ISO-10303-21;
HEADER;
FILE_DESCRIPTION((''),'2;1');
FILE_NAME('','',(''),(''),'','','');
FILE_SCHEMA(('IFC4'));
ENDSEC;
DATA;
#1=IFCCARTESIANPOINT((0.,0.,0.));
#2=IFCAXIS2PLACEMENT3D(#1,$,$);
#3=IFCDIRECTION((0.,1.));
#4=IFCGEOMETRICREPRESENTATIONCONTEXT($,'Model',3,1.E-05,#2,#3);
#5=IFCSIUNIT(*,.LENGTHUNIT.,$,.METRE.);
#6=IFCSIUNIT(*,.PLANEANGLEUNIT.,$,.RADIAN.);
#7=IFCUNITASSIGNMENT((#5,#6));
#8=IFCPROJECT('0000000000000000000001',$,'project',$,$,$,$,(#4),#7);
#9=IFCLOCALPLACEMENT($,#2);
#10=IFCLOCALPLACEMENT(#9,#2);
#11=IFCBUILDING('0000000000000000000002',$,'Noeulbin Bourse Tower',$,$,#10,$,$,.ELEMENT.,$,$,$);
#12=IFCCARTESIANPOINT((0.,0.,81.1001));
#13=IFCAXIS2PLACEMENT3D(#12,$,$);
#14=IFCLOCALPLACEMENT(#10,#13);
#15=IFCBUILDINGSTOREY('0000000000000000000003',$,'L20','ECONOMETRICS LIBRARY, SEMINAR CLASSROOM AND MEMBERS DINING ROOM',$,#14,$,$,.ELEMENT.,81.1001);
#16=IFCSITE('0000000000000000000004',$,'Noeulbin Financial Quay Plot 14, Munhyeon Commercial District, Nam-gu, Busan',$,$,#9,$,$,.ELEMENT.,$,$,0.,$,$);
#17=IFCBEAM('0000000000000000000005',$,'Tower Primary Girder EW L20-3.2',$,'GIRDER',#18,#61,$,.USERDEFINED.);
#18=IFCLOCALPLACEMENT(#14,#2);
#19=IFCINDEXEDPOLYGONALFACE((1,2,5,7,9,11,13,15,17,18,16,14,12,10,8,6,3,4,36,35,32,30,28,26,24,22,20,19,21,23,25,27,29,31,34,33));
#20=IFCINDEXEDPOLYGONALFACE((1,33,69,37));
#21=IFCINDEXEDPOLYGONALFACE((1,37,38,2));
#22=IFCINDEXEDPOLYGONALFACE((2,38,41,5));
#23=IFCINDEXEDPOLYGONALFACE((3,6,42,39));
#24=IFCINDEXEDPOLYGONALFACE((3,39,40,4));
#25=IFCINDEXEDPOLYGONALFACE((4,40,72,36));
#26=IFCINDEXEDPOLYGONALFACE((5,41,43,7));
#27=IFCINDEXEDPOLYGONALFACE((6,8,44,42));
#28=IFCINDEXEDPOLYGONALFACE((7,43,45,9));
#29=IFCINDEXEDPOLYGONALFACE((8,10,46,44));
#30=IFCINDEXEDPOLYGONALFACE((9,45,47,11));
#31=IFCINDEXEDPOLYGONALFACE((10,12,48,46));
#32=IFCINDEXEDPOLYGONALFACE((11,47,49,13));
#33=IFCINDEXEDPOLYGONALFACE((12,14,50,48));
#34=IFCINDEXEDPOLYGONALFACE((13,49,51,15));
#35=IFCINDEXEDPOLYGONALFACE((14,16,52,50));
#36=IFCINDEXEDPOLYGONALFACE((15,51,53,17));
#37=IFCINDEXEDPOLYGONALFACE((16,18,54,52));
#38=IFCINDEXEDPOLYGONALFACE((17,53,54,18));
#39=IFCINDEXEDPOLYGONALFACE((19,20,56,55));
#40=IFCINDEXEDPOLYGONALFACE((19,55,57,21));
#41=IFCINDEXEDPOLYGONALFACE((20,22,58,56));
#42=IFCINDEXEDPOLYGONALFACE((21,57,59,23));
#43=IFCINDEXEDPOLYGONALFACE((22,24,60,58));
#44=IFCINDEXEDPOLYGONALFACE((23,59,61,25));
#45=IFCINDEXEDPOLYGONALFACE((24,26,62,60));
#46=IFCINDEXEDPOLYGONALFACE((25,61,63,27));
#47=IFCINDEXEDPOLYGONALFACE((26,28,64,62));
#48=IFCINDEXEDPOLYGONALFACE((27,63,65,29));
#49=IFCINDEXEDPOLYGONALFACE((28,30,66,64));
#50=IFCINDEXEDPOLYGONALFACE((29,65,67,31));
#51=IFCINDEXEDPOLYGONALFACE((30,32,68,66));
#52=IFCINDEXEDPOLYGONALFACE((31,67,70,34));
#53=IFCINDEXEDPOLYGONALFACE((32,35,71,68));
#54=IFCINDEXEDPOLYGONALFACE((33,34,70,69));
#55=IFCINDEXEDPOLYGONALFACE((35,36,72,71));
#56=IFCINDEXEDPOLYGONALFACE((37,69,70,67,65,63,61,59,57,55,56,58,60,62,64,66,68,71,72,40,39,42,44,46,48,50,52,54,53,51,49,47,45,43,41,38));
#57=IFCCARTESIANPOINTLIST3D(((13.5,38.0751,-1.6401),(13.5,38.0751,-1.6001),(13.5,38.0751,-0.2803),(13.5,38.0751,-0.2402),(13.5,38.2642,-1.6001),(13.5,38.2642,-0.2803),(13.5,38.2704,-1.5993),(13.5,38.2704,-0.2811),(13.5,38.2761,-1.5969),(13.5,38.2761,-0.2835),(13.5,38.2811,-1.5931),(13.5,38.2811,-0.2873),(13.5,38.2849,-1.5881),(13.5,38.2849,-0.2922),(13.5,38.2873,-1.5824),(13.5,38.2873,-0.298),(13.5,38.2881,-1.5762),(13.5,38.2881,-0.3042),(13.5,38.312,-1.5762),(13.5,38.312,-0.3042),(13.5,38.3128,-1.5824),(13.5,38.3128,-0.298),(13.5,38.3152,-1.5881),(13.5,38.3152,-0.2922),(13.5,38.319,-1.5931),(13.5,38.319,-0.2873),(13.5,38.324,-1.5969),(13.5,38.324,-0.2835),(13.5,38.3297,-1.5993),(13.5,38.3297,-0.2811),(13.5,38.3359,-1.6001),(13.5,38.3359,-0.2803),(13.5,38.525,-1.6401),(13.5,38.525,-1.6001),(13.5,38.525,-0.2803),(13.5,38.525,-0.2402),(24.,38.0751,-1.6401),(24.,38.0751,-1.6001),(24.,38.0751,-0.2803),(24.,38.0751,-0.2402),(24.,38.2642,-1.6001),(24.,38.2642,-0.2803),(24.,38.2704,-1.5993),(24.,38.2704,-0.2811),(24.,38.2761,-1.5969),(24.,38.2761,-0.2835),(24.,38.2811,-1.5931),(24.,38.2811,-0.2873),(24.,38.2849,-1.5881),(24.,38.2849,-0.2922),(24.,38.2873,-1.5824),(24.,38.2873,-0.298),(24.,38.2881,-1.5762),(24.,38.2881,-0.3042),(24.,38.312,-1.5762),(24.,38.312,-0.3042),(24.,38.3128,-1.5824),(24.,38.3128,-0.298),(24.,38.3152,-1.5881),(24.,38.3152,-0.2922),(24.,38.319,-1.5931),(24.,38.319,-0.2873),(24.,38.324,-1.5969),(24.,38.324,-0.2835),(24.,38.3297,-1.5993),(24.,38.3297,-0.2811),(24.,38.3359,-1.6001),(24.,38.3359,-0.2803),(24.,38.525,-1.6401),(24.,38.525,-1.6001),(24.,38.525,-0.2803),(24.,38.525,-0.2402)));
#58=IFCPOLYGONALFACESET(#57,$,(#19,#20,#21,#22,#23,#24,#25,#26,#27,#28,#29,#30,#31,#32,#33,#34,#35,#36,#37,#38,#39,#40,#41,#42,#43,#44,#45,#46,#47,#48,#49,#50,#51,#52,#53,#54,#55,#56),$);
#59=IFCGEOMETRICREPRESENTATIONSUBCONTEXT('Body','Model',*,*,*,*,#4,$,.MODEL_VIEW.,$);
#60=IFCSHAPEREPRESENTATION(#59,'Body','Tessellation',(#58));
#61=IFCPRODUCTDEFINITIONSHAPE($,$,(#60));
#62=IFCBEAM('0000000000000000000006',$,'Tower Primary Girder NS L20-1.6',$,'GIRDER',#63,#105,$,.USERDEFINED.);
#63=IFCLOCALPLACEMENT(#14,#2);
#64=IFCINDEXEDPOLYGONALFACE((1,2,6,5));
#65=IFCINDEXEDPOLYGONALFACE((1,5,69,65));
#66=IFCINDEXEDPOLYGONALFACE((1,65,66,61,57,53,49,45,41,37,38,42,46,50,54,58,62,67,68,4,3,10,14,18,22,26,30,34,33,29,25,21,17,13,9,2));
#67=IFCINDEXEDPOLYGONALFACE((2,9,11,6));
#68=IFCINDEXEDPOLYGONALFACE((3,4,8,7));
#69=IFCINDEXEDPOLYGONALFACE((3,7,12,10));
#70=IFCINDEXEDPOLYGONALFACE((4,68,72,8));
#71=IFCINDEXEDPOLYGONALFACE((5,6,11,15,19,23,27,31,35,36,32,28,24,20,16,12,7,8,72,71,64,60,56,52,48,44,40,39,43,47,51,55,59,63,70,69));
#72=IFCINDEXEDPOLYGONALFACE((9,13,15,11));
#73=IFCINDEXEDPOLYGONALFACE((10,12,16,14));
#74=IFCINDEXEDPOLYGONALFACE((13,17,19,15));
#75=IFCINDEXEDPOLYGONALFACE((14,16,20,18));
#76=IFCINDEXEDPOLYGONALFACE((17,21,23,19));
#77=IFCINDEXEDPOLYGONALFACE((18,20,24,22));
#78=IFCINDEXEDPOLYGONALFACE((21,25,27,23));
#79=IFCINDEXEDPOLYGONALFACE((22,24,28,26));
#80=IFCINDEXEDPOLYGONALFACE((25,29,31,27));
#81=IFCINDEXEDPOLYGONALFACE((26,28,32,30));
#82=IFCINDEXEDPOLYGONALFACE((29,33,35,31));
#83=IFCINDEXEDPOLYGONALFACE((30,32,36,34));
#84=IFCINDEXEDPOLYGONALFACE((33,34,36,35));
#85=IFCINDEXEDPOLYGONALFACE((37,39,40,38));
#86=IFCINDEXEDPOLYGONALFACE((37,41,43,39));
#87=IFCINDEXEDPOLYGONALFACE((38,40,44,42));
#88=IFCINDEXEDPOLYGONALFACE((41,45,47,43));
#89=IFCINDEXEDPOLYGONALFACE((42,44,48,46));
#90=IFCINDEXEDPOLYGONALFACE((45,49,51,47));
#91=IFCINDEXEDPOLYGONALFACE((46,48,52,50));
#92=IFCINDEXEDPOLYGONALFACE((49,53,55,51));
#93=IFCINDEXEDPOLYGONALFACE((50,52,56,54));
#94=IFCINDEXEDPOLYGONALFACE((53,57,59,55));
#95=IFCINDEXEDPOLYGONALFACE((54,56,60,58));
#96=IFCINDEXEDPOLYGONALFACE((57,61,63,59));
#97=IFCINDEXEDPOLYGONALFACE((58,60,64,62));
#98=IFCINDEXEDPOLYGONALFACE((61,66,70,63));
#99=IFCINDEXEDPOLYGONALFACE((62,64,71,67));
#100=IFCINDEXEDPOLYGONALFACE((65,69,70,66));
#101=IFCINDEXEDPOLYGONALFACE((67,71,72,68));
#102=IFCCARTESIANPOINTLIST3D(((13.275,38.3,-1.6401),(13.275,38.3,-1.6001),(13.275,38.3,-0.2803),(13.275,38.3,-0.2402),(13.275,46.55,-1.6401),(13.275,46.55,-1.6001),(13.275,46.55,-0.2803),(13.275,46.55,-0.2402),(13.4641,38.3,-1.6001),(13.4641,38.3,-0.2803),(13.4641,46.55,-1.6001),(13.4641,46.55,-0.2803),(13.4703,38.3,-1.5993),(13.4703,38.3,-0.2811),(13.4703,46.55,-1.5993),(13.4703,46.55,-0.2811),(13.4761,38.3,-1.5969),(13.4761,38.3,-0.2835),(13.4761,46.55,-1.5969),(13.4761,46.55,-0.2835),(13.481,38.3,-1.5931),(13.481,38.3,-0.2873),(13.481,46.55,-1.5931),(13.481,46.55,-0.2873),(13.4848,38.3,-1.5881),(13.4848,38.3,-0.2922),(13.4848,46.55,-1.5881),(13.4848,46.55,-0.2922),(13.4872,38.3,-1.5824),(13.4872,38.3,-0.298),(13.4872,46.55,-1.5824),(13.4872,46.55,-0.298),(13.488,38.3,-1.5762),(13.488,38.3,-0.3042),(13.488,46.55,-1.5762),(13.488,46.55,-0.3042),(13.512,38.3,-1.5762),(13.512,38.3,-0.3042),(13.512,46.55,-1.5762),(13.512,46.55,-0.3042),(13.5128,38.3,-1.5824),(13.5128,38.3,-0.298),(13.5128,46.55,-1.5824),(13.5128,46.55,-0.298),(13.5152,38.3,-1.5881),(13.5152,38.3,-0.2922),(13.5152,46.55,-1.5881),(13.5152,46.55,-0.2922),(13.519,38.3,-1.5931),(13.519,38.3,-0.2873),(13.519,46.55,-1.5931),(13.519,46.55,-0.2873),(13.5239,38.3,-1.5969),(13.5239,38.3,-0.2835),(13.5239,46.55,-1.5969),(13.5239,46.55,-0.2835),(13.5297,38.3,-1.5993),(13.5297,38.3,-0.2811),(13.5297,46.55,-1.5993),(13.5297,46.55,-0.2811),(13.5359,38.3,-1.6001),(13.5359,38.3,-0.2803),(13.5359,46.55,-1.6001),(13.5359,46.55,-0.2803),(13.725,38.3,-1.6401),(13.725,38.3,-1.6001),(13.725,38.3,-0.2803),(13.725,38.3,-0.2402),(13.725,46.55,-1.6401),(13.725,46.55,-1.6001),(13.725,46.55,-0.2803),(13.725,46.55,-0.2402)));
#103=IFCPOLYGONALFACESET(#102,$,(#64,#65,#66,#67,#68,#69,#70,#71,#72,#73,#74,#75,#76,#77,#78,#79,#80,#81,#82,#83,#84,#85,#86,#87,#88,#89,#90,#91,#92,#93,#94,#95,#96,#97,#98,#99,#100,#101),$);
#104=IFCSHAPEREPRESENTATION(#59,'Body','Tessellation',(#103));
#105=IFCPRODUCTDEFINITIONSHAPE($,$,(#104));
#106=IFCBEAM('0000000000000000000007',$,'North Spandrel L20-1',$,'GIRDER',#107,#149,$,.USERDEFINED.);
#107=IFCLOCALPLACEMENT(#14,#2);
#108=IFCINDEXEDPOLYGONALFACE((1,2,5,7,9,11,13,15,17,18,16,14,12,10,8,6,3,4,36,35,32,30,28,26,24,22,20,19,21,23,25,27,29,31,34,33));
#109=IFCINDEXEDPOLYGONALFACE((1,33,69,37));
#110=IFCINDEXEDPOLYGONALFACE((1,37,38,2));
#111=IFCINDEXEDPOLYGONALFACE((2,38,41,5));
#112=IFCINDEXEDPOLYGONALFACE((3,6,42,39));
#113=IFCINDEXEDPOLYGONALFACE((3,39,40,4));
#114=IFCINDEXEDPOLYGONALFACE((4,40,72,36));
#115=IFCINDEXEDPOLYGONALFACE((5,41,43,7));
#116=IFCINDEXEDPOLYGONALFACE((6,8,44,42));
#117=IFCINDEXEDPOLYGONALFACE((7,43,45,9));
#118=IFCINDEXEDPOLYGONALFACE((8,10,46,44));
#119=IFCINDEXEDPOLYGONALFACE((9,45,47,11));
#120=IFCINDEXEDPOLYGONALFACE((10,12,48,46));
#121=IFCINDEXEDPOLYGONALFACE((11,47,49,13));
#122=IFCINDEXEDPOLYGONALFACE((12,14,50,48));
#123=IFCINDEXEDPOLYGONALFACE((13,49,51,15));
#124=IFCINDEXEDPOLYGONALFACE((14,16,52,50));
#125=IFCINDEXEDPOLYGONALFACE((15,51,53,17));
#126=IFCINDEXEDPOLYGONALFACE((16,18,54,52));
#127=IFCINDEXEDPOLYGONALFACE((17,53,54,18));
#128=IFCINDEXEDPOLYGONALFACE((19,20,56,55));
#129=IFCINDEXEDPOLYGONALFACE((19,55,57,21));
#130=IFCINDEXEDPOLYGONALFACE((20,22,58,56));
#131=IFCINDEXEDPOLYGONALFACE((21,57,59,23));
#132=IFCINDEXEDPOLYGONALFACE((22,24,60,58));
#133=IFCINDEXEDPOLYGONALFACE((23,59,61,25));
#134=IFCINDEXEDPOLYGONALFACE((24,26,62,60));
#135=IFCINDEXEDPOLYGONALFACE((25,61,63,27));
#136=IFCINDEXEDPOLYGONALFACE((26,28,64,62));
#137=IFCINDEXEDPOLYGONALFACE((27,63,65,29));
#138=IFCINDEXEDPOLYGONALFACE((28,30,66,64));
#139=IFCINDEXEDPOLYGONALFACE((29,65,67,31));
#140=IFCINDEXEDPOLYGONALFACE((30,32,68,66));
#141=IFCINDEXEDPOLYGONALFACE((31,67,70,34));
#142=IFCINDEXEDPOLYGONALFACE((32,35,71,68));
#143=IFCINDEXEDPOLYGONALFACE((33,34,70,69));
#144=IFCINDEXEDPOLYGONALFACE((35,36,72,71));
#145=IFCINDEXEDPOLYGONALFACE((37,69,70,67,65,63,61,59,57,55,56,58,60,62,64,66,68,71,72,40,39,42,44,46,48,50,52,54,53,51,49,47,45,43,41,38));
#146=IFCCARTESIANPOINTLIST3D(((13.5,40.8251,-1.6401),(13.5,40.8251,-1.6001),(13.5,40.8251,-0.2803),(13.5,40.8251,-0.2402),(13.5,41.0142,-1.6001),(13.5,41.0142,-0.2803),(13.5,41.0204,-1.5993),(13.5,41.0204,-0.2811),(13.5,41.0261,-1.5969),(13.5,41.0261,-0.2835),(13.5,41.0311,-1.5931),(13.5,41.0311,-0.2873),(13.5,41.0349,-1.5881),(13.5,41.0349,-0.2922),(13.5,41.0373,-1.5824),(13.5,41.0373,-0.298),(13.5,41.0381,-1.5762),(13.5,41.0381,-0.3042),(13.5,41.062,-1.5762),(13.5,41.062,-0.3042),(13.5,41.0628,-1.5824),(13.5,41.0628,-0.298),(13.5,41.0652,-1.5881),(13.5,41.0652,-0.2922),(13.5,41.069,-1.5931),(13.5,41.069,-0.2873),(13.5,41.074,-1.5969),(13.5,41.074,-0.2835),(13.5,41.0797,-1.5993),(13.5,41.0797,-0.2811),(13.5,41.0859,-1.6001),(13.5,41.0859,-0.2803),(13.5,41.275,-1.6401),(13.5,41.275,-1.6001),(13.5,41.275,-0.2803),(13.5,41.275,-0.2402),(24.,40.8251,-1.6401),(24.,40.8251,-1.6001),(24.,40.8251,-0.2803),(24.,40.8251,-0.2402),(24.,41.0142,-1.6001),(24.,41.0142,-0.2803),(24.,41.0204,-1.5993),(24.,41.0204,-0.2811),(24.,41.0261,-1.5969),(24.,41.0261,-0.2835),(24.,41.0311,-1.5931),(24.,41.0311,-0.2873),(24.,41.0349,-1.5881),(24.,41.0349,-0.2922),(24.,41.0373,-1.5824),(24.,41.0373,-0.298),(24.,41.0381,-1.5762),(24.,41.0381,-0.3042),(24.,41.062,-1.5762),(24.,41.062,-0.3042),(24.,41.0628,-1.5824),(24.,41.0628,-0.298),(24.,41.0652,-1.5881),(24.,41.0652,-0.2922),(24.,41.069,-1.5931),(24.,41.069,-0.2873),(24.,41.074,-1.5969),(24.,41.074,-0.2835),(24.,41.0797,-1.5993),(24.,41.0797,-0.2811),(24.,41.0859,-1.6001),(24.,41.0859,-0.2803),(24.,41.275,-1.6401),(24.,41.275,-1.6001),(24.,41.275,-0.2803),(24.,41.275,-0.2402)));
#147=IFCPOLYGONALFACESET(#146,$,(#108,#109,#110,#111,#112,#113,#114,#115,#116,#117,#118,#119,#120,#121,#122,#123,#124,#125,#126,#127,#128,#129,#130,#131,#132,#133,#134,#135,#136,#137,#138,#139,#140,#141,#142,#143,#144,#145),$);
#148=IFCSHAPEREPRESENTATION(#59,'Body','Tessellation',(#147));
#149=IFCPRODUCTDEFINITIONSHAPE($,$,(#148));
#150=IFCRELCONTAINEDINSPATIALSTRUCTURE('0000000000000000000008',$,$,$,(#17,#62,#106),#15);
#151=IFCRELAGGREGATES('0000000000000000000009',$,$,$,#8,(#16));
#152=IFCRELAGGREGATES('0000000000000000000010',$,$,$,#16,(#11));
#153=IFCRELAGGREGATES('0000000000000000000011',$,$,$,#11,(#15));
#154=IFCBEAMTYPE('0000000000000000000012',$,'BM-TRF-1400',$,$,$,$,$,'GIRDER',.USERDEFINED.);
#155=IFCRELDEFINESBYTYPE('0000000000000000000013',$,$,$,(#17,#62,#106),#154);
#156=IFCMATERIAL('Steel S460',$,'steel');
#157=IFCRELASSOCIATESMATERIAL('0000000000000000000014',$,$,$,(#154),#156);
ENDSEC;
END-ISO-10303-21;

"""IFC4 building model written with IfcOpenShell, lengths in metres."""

from ifc_helpers import new_model, si_unit, direction, frame, origin, origin_2d, place, context, subcontext, project, spatial, i_section, extrude, material, material_profile, profile_set, type_object, element, save


model = new_model("IFC4")

# Units and contexts
model_context = context("Model", 3, precision=1e-05, world=origin(), true_north=direction((0.0, 1.0)))
body_context = subcontext(model_context, "Body", "Model", "MODEL_VIEW")
ifc_project = project(units=[si_unit("LENGTHUNIT", "METRE"), si_unit("PLANEANGLEUNIT", "RADIAN")], contexts=[model_context])

# Site, building, storey
site_placement = place(None, origin())
site = spatial("IfcSite", under=ifc_project, at=site_placement, Name="Noeulbin Financial Quay Plot 14, Munhyeon Commercial District, Nam-gu, Busan", CompositionType="ELEMENT", RefElevation=0.0)
building_placement = place(site_placement, origin())
building = spatial("IfcBuilding", under=site, at=building_placement, Name="Noeulbin Bourse Tower", CompositionType="ELEMENT")
storey_placement = place(building_placement, frame((0.0, 0.0, 81.1001)))
storey = spatial("IfcBuildingStorey", under=building, at=storey_placement, Name="L20", Description="ECONOMETRICS LIBRARY, SEMINAR CLASSROOM AND MEMBERS DINING ROOM", CompositionType="ELEMENT", Elevation=81.1001)

# Shared definitions
ifc_material_1 = material(Name="Steel S460", Category="steel")

# Beams
ifc_material_profile_1 = material_profile(ifc_material_1, i_section(OverallWidth=0.45, OverallDepth=1.3999, WebThickness=0.0239, FlangeThickness=0.04, FilletRadius=0.0239, at=origin_2d()), Name="PG-1400x450x24x40", Category="LoadBearing")
ifc_profile_set_1 = profile_set([ifc_material_profile_1], Name="Steel S460")
beam_type_1 = type_object("IfcBeamType", Name="BM-TRF-1400", ElementType="GIRDER", PredefinedType="USERDEFINED", material=ifc_profile_set_1)
beam_1_placement = place(storey_placement, frame((13.5, 38.3, -0.9402), z_axis=(1.0, 0.0, 0.0), x_axis=(0.0, 1.0, 0.0)))
element("IfcBeam", 1, at=beam_1_placement, inside=storey, type_object=beam_type_1, Name="Tower Primary Girder EW L20-3.2", ObjectType="GIRDER", PredefinedType="USERDEFINED", context=body_context, shape_type="SweptSolid", body=[
    extrude(i_section(OverallWidth=0.45, OverallDepth=1.3999, WebThickness=0.0239, FlangeThickness=0.04, FilletRadius=0.0239, at=origin_2d()), origin(), (0.0, 0.0, 1.0), 10.5),
])
beam_2_placement = place(storey_placement, frame((13.5, 38.3, -0.9402), z_axis=(0.0, 1.0, 0.0), x_axis=(-1.0, 0.0, 0.0)))
element("IfcBeam", 2, at=beam_2_placement, inside=storey, type_object=beam_type_1, Name="Tower Primary Girder NS L20-1.6", ObjectType="GIRDER", PredefinedType="USERDEFINED", context=body_context, shape_type="SweptSolid", body=[
    extrude(i_section(OverallWidth=0.45, OverallDepth=1.3999, WebThickness=0.0239, FlangeThickness=0.04, FilletRadius=0.0239, at=origin_2d()), origin(), (0.0, 0.0, 1.0), 8.25),
])
beam_3_placement = place(storey_placement, frame((13.5, 41.05, -0.9402), z_axis=(1.0, 0.0, 0.0), x_axis=(0.0, 1.0, 0.0)))
element("IfcBeam", 3, at=beam_3_placement, inside=storey, type_object=beam_type_1, Name="North Spandrel L20-1", ObjectType="GIRDER", PredefinedType="USERDEFINED", context=body_context, shape_type="SweptSolid", body=[
    extrude(i_section(OverallWidth=0.45, OverallDepth=1.3999, WebThickness=0.0239, FlangeThickness=0.04, FilletRadius=0.0239, at=origin_2d()), origin(), (0.0, 0.0, 1.0), 10.5),
])

save(model, "model.ifc")
